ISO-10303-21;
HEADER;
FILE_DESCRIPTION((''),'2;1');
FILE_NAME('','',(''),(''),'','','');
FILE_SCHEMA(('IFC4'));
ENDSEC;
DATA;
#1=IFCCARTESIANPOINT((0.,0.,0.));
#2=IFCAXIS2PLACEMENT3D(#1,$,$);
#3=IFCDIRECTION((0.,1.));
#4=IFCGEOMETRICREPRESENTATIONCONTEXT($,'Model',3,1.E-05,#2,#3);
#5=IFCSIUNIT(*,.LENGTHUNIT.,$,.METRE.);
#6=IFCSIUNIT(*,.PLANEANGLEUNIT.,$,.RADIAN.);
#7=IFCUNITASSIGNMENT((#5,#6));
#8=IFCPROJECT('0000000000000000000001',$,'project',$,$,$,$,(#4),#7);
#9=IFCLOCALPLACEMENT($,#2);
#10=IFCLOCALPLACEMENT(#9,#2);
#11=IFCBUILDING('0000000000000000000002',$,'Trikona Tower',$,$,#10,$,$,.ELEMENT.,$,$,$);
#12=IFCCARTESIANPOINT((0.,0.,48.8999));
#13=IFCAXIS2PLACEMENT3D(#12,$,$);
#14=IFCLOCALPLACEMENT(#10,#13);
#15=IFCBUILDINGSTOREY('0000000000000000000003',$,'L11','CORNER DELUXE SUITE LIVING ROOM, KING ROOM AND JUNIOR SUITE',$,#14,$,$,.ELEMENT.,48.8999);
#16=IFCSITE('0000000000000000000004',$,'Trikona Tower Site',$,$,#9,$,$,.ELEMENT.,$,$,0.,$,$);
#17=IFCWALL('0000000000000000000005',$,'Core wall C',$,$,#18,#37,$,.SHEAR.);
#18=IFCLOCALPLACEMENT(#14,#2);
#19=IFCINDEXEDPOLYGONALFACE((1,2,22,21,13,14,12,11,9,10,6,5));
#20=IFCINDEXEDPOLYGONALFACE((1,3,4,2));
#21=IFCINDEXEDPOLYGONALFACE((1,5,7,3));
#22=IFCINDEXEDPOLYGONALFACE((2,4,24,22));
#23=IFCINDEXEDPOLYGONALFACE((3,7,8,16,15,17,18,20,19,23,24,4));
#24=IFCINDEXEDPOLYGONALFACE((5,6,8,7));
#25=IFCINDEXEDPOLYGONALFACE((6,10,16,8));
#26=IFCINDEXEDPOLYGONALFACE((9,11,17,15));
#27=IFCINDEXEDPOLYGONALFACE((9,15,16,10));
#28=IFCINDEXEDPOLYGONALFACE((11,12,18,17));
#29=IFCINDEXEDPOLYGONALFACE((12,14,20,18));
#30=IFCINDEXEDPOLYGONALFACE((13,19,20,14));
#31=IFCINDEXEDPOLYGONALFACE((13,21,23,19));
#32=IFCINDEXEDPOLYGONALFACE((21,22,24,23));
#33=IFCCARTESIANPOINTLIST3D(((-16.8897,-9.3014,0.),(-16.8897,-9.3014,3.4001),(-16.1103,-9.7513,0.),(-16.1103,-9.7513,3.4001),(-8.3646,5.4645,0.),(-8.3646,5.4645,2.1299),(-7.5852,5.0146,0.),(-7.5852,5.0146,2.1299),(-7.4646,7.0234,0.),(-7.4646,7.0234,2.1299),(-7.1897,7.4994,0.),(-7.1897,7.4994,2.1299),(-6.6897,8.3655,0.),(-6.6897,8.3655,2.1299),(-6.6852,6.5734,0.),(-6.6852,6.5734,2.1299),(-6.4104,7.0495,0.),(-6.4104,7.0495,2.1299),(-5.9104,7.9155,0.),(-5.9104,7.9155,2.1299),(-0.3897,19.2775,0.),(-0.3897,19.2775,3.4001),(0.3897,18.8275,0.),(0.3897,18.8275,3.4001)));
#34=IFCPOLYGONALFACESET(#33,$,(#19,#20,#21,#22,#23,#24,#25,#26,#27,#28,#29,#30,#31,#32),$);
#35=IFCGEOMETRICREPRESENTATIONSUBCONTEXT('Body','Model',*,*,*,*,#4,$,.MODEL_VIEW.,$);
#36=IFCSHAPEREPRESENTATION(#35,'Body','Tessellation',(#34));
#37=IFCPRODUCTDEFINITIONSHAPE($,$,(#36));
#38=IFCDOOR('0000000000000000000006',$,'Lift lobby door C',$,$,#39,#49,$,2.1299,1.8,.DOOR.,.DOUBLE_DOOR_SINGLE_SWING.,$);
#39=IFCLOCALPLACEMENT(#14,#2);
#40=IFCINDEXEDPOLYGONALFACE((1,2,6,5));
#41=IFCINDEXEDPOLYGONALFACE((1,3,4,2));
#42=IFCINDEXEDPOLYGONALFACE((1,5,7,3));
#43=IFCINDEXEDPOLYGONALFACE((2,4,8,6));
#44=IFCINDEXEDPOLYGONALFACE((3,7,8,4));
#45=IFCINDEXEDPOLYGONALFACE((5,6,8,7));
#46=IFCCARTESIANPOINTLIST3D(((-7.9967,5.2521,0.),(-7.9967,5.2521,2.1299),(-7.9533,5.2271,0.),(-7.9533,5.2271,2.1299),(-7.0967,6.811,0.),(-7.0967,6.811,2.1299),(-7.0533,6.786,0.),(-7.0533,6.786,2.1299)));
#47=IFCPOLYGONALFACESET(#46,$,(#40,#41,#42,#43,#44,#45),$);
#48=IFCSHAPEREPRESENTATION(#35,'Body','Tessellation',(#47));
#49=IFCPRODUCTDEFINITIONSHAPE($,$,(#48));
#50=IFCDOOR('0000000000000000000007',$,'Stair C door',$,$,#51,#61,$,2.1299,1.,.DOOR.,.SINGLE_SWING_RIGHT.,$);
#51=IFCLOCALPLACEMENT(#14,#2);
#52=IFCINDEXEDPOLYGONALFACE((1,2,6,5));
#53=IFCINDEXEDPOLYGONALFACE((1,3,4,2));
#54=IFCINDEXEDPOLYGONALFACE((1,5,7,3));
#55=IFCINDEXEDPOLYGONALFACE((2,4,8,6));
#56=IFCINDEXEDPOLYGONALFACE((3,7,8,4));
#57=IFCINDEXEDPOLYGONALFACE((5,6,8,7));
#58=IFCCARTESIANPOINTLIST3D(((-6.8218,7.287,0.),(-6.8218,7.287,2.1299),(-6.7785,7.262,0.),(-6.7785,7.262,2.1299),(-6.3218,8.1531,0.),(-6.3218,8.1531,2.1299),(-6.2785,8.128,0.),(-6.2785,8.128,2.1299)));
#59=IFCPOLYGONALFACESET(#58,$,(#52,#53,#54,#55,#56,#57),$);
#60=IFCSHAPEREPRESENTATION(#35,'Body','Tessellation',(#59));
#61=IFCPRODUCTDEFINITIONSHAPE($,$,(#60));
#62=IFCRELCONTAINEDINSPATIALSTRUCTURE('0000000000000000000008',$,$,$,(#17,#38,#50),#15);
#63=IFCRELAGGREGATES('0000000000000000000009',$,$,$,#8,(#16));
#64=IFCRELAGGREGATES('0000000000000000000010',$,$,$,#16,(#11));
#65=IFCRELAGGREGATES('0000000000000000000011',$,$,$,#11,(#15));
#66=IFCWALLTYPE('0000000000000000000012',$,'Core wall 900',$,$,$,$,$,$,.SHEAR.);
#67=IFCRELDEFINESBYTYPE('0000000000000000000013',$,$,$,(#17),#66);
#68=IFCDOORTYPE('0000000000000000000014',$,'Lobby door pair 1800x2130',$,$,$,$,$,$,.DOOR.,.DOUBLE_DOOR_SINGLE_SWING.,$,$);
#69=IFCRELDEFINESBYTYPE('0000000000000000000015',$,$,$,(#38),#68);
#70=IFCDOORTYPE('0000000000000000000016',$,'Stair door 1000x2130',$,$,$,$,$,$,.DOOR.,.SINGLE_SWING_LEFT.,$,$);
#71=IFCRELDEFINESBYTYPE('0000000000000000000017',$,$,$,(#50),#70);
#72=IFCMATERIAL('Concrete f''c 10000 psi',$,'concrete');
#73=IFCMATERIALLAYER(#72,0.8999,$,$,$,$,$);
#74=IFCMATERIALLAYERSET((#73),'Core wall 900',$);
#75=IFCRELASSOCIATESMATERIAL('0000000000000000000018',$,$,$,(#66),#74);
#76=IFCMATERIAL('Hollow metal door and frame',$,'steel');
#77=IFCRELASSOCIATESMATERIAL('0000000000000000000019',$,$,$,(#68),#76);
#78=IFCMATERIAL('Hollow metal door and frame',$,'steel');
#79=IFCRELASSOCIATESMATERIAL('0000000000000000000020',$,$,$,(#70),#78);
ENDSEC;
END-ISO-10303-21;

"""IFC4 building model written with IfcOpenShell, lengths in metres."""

from ifc_helpers import new_model, si_unit, direction, frame, frame_2d, origin, place, context, subcontext, project, spatial, rectangle, extrude, material, layer, layer_set, type_object, element, fill, save


model = new_model("IFC4")

# Units and contexts
model_context = context("Model", 3, precision=1e-05, world=origin(), true_north=direction((0.0, 1.0)))
body_context = subcontext(model_context, "Body", "Model", "MODEL_VIEW")
ifc_project = project(units=[si_unit("LENGTHUNIT", "METRE"), si_unit("PLANEANGLEUNIT", "RADIAN")], contexts=[model_context])

# Site, building, storey
site_placement = place(None, origin())
site = spatial("IfcSite", under=ifc_project, at=site_placement, Name="Trikona Tower Site", CompositionType="ELEMENT", RefElevation=0.0)
building_placement = place(site_placement, origin())
building = spatial("IfcBuilding", under=site, at=building_placement, Name="Trikona Tower", CompositionType="ELEMENT")
storey_placement = place(building_placement, frame((0.0, 0.0, 48.8999)))
storey = spatial("IfcBuildingStorey", under=building, at=storey_placement, Name="L11", Description="CORNER DELUXE SUITE LIVING ROOM, KING ROOM AND JUNIOR SUITE", CompositionType="ELEMENT", Elevation=48.8999)

# Wall, openings, doors
ifc_material_1 = material(Name="Concrete f'c 10000 psi", Category="concrete")
ifc_layer_1 = layer(ifc_material_1, 0.8999)
ifc_layer_set_1 = layer_set([ifc_layer_1], Name="Core wall 900")
wall_type_1 = type_object("IfcWallType", Name="Core wall 900", PredefinedType="SHEAR", material=ifc_layer_set_1)
wall_1_placement = place(storey_placement, frame((0.0, 19.0525, 0.0), z_axis=(0.0, 0.0, 1.0), x_axis=(-0.5, -0.866026, 0.0)))
wall_1 = element("IfcWall", 1, at=wall_1_placement, inside=storey, type_object=wall_type_1, Name="Core wall C", PredefinedType="SHEAR", context=body_context, shape_type="SweptSolid", body=[
    extrude(rectangle(XDim=33.0, YDim=0.8999, at=frame_2d((16.5, 0.0))), origin(), (0.0, 0.0, 1.0), 3.4001),
])
opening_1_placement = place(wall_1_placement, frame((14.1499, 0.0, 0.0)))
opening_1 = element("IfcOpeningElement", 2, at=opening_1_placement, cuts=wall_1, PredefinedType="OPENING", context=body_context, shape_type="SweptSolid", body=[
    extrude(rectangle(XDim=1.8, YDim=2.1299, at=frame_2d((0.8999, 1.0649))), frame((0.0, 0.46, 0.0), z_axis=(0.0, -1.0, 0.0), x_axis=(1.0, 0.0, 0.0)), (0.0, 0.0, 1.0), 0.9199),
])
opening_2_placement = place(wall_1_placement, frame((12.6001, 0.0, 0.0)))
opening_2 = element("IfcOpeningElement", 3, at=opening_2_placement, cuts=wall_1, PredefinedType="OPENING", context=body_context, shape_type="SweptSolid", body=[
    extrude(rectangle(XDim=1.0, YDim=2.1299, at=frame_2d((0.5, 1.0649))), frame((0.0, 0.46, 0.0), z_axis=(0.0, -1.0, 0.0), x_axis=(1.0, 0.0, 0.0)), (0.0, 0.0, 1.0), 0.9199),
])
ifc_material_2 = material(Name="Hollow metal door and frame", Category="steel")
door_type_1 = type_object("IfcDoorType", Name="Lobby door pair 1800x2130", OperationType="DOUBLE_DOOR_SINGLE_SWING", PredefinedType="DOOR", material=ifc_material_2)
door_1_placement = place(opening_1_placement, origin())
door_1 = element("IfcDoor", 4, at=door_1_placement, inside=storey, type_object=door_type_1, Name="Lift lobby door C", OperationType="DOUBLE_DOOR_SINGLE_SWING", OverallHeight=2.1299, OverallWidth=1.8, PredefinedType="DOOR", context=body_context, shape_type="SweptSolid", body=[
    extrude(rectangle(XDim=1.8, YDim=2.1299, at=frame_2d((0.8999, 1.0649))), frame((0.0, 0.0249, 0.0), z_axis=(0.0, -1.0, 0.0), x_axis=(1.0, 0.0, 0.0)), (0.0, 0.0, 1.0), 0.05),
])
fill(opening_1, door_1)
ifc_material_3 = material(Name="Hollow metal door and frame", Category="steel")
door_type_2 = type_object("IfcDoorType", Name="Stair door 1000x2130", OperationType="SINGLE_SWING_LEFT", PredefinedType="DOOR", material=ifc_material_3)
door_2_placement = place(opening_2_placement, origin())
door_2 = element("IfcDoor", 5, at=door_2_placement, inside=storey, type_object=door_type_2, Name="Stair C door", OperationType="SINGLE_SWING_RIGHT", OverallHeight=2.1299, OverallWidth=1.0, PredefinedType="DOOR", context=body_context, shape_type="SweptSolid", body=[
    extrude(rectangle(XDim=1.0, YDim=2.1299, at=frame_2d((0.5, 1.0649))), frame((0.0, 0.0249, 0.0), z_axis=(0.0, -1.0, 0.0), x_axis=(1.0, 0.0, 0.0)), (0.0, 0.0, 1.0), 0.05),
])
fill(opening_2, door_2)

save(model, "model.ifc")
